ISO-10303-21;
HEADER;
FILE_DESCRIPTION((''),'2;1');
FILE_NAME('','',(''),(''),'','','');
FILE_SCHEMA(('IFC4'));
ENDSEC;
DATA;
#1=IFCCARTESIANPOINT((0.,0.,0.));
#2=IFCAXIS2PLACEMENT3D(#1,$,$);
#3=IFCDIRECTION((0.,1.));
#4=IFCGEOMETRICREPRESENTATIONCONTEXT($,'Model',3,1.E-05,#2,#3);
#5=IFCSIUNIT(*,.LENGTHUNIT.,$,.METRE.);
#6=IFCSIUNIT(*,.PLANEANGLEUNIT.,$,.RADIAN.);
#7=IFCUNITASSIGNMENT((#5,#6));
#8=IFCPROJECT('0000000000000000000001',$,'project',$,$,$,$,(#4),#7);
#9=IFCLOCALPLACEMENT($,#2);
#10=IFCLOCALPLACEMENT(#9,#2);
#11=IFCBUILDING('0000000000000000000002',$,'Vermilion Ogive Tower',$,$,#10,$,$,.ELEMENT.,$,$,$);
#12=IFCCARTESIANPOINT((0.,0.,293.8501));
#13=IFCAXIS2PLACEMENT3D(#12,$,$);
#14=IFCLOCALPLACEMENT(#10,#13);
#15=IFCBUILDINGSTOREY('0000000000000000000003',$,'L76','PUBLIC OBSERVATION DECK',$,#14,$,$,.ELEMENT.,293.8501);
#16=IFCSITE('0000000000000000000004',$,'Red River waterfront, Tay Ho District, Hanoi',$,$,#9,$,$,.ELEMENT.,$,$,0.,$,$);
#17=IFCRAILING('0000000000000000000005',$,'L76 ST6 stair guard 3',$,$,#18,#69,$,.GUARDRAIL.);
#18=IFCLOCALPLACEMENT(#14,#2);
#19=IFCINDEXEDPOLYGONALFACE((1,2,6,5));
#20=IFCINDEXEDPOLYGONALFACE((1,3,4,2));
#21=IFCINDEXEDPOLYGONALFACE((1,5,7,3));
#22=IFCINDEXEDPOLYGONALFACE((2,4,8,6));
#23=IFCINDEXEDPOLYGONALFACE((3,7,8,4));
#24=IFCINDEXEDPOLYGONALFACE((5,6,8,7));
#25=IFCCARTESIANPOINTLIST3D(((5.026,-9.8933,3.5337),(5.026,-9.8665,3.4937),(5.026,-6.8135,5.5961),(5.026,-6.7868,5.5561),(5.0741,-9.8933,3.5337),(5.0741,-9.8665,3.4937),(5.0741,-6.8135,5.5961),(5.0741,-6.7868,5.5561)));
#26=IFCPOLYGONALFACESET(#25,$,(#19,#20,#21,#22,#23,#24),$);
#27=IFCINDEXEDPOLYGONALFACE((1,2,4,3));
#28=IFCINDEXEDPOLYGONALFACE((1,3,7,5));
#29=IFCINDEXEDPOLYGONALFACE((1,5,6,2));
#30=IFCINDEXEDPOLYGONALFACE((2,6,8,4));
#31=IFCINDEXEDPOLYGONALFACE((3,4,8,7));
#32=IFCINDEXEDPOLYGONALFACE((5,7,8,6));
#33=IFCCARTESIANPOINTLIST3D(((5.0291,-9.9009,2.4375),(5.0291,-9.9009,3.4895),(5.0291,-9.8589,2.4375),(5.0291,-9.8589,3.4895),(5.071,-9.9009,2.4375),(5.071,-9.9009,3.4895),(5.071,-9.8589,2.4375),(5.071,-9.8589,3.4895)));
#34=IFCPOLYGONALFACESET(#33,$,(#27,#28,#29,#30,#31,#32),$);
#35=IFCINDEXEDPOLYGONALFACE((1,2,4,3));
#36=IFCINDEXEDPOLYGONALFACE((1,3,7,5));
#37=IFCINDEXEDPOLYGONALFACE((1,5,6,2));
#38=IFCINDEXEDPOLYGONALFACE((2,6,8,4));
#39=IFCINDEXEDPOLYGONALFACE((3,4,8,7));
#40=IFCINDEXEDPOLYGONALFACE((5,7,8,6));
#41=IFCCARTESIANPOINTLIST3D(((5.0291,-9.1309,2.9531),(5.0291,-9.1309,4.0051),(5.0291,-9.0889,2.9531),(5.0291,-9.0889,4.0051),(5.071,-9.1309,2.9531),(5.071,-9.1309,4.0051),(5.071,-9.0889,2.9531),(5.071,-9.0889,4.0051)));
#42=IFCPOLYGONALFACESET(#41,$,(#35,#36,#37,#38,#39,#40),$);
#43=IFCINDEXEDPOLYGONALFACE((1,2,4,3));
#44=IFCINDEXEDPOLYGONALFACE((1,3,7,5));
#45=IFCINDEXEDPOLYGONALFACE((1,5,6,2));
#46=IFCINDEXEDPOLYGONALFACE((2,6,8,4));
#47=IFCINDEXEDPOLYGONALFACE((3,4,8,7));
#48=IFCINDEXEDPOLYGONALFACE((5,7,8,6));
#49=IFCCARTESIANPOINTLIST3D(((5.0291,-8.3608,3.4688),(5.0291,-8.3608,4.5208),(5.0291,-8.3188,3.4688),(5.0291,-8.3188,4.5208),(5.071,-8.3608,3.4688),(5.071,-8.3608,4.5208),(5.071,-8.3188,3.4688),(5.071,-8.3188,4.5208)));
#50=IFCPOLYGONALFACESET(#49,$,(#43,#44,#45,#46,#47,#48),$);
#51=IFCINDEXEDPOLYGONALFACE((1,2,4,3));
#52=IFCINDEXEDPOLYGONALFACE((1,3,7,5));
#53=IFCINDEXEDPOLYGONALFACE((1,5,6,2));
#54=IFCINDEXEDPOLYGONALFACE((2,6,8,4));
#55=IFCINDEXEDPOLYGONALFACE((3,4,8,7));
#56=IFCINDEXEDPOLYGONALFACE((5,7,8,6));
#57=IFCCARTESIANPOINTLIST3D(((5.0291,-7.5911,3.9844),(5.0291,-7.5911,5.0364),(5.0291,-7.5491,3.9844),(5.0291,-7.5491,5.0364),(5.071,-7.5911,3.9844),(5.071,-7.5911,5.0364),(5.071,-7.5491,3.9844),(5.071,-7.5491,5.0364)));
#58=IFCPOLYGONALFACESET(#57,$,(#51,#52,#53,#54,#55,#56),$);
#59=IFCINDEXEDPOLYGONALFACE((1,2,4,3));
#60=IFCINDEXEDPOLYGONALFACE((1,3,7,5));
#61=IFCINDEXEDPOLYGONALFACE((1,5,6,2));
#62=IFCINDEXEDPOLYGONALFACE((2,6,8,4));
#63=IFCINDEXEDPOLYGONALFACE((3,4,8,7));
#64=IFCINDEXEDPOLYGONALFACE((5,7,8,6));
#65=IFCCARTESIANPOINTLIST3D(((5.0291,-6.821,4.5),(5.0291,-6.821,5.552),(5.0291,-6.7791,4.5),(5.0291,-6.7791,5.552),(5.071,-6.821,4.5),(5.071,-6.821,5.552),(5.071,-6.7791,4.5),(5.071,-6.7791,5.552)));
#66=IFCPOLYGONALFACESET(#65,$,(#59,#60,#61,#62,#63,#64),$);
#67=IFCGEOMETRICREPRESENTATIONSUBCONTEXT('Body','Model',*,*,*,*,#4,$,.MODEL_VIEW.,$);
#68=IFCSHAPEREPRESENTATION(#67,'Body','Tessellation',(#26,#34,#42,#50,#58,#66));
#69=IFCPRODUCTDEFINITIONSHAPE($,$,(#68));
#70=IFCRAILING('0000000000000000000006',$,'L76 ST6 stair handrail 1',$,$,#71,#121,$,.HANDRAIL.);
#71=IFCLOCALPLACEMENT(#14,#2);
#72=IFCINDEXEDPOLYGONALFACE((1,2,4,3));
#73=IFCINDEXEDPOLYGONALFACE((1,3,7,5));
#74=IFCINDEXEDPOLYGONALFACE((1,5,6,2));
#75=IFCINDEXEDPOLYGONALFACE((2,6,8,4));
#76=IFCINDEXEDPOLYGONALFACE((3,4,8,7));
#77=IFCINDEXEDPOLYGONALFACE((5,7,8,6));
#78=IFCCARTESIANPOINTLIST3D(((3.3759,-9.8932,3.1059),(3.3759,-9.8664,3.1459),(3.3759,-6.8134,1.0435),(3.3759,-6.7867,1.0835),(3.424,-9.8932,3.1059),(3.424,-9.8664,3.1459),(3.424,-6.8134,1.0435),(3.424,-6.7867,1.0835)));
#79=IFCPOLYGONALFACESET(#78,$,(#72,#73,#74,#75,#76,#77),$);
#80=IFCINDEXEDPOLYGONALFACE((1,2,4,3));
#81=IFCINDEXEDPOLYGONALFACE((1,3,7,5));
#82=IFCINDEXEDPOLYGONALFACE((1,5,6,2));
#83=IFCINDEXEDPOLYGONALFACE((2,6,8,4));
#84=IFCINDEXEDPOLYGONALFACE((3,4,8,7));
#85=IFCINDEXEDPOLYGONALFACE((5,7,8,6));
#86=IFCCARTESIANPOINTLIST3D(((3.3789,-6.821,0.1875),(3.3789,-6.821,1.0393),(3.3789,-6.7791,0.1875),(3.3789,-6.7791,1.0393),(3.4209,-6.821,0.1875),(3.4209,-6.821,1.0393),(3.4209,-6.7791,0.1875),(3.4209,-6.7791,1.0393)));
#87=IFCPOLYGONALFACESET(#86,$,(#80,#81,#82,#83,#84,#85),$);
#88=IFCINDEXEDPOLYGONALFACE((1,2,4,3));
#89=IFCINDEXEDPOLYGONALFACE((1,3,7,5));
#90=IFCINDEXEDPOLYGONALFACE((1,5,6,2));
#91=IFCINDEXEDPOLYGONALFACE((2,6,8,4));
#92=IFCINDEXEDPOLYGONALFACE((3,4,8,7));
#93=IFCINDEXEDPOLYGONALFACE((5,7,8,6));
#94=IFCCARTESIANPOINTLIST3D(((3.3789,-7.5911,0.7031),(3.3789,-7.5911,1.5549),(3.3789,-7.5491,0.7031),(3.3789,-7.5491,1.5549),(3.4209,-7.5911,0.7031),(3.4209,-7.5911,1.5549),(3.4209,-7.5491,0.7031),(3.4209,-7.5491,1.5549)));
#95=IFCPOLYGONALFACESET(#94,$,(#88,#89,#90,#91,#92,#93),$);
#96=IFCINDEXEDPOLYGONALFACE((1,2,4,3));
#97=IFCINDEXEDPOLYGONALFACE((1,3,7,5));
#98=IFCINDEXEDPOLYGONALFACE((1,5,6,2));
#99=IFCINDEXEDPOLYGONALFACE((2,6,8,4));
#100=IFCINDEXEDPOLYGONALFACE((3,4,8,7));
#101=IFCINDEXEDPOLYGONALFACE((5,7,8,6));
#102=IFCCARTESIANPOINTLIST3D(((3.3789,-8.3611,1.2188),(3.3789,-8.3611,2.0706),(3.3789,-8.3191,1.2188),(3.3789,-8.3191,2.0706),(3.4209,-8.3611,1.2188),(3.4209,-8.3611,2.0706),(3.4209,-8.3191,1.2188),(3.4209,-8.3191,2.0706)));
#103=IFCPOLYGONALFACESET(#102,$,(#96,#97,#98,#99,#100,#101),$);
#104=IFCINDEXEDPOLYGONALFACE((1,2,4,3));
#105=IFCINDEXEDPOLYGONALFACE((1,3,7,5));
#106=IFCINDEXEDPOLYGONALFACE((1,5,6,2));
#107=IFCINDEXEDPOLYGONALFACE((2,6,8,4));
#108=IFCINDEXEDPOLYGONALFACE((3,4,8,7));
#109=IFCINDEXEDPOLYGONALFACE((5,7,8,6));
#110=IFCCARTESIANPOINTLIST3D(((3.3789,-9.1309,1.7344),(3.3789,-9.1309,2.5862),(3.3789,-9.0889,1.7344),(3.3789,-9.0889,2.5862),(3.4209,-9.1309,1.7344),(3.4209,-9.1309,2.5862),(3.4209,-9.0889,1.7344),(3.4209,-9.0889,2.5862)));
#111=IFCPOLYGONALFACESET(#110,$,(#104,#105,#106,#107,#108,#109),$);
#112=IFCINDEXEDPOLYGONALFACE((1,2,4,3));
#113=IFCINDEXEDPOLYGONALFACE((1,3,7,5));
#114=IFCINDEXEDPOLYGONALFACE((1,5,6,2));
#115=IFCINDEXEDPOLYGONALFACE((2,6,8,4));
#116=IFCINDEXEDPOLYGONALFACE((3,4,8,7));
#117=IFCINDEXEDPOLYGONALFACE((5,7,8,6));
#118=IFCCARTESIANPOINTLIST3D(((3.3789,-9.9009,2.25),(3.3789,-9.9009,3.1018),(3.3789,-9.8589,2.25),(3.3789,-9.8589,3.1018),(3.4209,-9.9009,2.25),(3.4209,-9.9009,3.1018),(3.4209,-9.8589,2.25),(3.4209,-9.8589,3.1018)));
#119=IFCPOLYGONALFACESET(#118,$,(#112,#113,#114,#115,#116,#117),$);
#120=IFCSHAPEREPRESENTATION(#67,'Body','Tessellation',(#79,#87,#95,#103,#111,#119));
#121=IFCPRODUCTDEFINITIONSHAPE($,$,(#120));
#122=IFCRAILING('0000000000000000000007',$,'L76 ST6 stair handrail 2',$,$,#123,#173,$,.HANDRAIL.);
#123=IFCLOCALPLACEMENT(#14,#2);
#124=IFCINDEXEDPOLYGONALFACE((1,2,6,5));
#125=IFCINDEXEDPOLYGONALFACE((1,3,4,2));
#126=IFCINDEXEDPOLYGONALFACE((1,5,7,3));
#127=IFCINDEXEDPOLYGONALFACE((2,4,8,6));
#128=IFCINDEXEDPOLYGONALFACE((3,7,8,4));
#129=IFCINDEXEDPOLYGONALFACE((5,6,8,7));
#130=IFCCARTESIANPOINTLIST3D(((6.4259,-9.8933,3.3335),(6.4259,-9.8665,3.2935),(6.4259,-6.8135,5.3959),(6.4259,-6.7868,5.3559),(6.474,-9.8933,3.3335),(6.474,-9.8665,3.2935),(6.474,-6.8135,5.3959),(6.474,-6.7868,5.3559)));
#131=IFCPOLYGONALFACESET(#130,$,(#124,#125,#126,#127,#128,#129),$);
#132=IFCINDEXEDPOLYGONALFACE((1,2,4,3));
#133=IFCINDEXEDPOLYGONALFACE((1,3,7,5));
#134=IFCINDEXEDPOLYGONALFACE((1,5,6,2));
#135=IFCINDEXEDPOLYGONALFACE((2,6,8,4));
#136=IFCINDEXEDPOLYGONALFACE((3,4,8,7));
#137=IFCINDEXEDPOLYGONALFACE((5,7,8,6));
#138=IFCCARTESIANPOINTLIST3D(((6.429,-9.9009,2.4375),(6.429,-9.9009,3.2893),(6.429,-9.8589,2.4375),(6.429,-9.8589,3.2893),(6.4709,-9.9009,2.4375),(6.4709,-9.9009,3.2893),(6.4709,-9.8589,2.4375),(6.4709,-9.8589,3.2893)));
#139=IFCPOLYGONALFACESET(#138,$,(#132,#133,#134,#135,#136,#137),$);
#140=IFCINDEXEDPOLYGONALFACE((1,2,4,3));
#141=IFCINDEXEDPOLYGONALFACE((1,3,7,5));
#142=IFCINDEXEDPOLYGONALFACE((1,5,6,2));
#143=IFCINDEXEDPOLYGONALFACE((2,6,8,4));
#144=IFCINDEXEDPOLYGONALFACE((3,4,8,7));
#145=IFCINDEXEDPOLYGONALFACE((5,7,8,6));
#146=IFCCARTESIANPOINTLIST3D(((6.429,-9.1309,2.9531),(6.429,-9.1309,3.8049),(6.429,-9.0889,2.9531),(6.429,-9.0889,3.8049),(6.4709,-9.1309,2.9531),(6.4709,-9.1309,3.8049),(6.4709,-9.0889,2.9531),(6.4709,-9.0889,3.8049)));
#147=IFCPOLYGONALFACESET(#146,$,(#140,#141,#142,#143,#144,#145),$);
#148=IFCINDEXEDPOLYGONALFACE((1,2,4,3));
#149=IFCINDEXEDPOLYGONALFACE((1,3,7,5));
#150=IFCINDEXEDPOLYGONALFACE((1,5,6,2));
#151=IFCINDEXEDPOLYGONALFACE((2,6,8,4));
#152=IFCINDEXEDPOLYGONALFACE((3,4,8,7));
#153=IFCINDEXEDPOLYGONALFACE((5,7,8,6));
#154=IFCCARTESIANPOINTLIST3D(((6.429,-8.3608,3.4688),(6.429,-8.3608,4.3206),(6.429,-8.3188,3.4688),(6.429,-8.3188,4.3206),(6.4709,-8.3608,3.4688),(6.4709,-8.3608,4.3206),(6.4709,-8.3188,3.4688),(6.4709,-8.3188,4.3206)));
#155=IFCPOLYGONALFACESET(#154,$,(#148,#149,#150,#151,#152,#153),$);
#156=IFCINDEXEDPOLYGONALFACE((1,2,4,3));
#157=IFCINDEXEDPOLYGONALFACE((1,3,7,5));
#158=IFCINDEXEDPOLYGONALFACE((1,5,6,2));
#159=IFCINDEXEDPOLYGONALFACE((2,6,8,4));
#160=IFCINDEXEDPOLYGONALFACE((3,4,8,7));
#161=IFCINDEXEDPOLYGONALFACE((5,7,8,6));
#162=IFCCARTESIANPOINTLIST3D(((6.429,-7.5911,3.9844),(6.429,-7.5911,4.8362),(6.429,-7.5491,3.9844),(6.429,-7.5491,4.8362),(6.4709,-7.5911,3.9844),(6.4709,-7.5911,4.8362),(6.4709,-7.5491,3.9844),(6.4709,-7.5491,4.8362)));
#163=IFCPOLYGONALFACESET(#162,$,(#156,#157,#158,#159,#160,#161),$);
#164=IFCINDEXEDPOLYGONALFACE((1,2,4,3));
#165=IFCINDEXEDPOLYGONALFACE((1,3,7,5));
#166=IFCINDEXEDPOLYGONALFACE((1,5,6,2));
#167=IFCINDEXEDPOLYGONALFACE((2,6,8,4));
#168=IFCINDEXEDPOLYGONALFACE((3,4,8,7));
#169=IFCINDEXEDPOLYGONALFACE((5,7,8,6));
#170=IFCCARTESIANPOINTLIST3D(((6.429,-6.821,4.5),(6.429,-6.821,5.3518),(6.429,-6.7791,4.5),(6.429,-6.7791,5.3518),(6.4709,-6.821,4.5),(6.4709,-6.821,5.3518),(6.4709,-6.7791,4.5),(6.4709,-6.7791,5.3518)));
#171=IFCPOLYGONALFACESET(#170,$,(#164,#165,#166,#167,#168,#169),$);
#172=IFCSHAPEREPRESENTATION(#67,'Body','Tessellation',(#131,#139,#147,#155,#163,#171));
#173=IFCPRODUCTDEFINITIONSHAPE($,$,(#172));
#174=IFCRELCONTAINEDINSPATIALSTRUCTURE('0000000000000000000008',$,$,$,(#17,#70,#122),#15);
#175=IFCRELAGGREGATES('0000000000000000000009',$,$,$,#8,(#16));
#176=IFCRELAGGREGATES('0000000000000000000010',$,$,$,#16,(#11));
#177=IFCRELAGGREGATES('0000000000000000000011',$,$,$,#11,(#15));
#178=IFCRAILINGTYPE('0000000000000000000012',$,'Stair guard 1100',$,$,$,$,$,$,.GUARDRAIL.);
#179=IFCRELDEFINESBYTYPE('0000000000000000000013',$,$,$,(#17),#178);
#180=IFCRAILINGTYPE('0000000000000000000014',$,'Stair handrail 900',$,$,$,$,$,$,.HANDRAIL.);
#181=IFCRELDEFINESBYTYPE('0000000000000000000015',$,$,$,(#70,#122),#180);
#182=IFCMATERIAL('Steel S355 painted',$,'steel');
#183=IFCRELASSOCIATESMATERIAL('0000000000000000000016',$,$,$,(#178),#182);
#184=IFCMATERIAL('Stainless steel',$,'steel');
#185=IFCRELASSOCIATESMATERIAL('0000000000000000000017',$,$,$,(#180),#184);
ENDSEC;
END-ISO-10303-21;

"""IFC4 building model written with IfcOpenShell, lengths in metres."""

from ifc_helpers import new_model, si_unit, direction, frame, origin, origin_2d, place, context, subcontext, project, spatial, rectangle, extrude, material, type_object, element, save


model = new_model("IFC4")

# Units and contexts
model_context = context("Model", 3, precision=1e-05, world=origin(), true_north=direction((0.0, 1.0)))
body_context = subcontext(model_context, "Body", "Model", "MODEL_VIEW")
ifc_project = project(units=[si_unit("LENGTHUNIT", "METRE"), si_unit("PLANEANGLEUNIT", "RADIAN")], contexts=[model_context])

# Site, building, storey
site_placement = place(None, origin())
site = spatial("IfcSite", under=ifc_project, at=site_placement, Name="Red River waterfront, Tay Ho District, Hanoi", CompositionType="ELEMENT", RefElevation=0.0)
building_placement = place(site_placement, origin())
building = spatial("IfcBuilding", under=site, at=building_placement, Name="Vermilion Ogive Tower", CompositionType="ELEMENT")
storey_placement = place(building_placement, frame((0.0, 0.0, 293.8501)))
storey = spatial("IfcBuildingStorey", under=building, at=storey_placement, Name="L76", Description="PUBLIC OBSERVATION DECK", CompositionType="ELEMENT", Elevation=293.8501)

# Railings
ifc_material_1 = material(Name="Steel S355 painted", Category="steel")
railing_type_1 = type_object("IfcRailingType", Name="Stair guard 1100", PredefinedType="GUARDRAIL", material=ifc_material_1)
railing_1_placement = place(storey_placement, frame((5.05, -9.8799, 2.4375)))
element("IfcRailing", 1, at=railing_1_placement, inside=storey, type_object=railing_type_1, Name="L76 ST6 stair guard 3", PredefinedType="GUARDRAIL", context=body_context, shape_type="SweptSolid", body=[
    extrude(rectangle(XDim=0.0481, YDim=0.0481, at=origin_2d()), frame((0.0, 0.0, 1.0762), z_axis=(0.0, 0.830893, 0.556432), x_axis=(-1.0, 0.0, 0.0)), (0.0, 0.0, 1.0), 3.7065),
    extrude(rectangle(XDim=0.042, YDim=0.042, at=origin_2d()), origin(), (0.0, 0.0, 1.0), 1.052),
    extrude(rectangle(XDim=0.042, YDim=0.042, at=origin_2d()), frame((0.0, 0.77, 0.5156)), (0.0, 0.0, 1.0), 1.052),
    extrude(rectangle(XDim=0.042, YDim=0.042, at=origin_2d()), frame((0.0, 1.54, 1.0312)), (0.0, 0.0, 1.0), 1.052),
    extrude(rectangle(XDim=0.042, YDim=0.042, at=origin_2d()), frame((0.0, 2.3098, 1.5469)), (0.0, 0.0, 1.0), 1.052),
    extrude(rectangle(XDim=0.042, YDim=0.042, at=origin_2d()), frame((0.0, 3.0798, 2.0625)), (0.0, 0.0, 1.0), 1.052),
])
ifc_material_2 = material(Name="Stainless steel", Category="steel")
railing_type_2 = type_object("IfcRailingType", Name="Stair handrail 900", PredefinedType="HANDRAIL", material=ifc_material_2)
railing_2_placement = place(storey_placement, frame((3.3999, -6.8, 0.1875)))
element("IfcRailing", 2, at=railing_2_placement, inside=storey, type_object=railing_type_2, Name="L76 ST6 stair handrail 1", PredefinedType="HANDRAIL", context=body_context, shape_type="SweptSolid", body=[
    extrude(rectangle(XDim=0.0481, YDim=0.0481, at=origin_2d()), frame((0.0, 0.0, 0.876), z_axis=(0.0, -0.830893, 0.556432), x_axis=(1.0, 0.0, 0.0)), (0.0, 0.0, 1.0), 3.7065),
    extrude(rectangle(XDim=0.042, YDim=0.042, at=origin_2d()), origin(), (0.0, 0.0, 1.0), 0.8518),
    extrude(rectangle(XDim=0.042, YDim=0.042, at=origin_2d()), frame((0.0, -0.77, 0.5156)), (0.0, 0.0, 1.0), 0.8518),
    extrude(rectangle(XDim=0.042, YDim=0.042, at=origin_2d()), frame((0.0, -1.54, 1.0312)), (0.0, 0.0, 1.0), 0.8518),
    extrude(rectangle(XDim=0.042, YDim=0.042, at=origin_2d()), frame((0.0, -2.3098, 1.5469)), (0.0, 0.0, 1.0), 0.8518),
    extrude(rectangle(XDim=0.042, YDim=0.042, at=origin_2d()), frame((0.0, -3.0798, 2.0625)), (0.0, 0.0, 1.0), 0.8518),
])
railing_3_placement = place(storey_placement, frame((6.45, -9.8799, 2.4375)))
element("IfcRailing", 3, at=railing_3_placement, inside=storey, type_object=railing_type_2, Name="L76 ST6 stair handrail 2", PredefinedType="HANDRAIL", context=body_context, shape_type="SweptSolid", body=[
    extrude(rectangle(XDim=0.0481, YDim=0.0481, at=origin_2d()), frame((0.0, 0.0, 0.876), z_axis=(0.0, 0.830893, 0.556432), x_axis=(-1.0, 0.0, 0.0)), (0.0, 0.0, 1.0), 3.7065),
    extrude(rectangle(XDim=0.042, YDim=0.042, at=origin_2d()), origin(), (0.0, 0.0, 1.0), 0.8518),
    extrude(rectangle(XDim=0.042, YDim=0.042, at=origin_2d()), frame((0.0, 0.77, 0.5156)), (0.0, 0.0, 1.0), 0.8518),
    extrude(rectangle(XDim=0.042, YDim=0.042, at=origin_2d()), frame((0.0, 1.54, 1.0312)), (0.0, 0.0, 1.0), 0.8518),
    extrude(rectangle(XDim=0.042, YDim=0.042, at=origin_2d()), frame((0.0, 2.3098, 1.5469)), (0.0, 0.0, 1.0), 0.8518),
    extrude(rectangle(XDim=0.042, YDim=0.042, at=origin_2d()), frame((0.0, 3.0798, 2.0625)), (0.0, 0.0, 1.0), 0.8518),
])

save(model, "model.ifc")
